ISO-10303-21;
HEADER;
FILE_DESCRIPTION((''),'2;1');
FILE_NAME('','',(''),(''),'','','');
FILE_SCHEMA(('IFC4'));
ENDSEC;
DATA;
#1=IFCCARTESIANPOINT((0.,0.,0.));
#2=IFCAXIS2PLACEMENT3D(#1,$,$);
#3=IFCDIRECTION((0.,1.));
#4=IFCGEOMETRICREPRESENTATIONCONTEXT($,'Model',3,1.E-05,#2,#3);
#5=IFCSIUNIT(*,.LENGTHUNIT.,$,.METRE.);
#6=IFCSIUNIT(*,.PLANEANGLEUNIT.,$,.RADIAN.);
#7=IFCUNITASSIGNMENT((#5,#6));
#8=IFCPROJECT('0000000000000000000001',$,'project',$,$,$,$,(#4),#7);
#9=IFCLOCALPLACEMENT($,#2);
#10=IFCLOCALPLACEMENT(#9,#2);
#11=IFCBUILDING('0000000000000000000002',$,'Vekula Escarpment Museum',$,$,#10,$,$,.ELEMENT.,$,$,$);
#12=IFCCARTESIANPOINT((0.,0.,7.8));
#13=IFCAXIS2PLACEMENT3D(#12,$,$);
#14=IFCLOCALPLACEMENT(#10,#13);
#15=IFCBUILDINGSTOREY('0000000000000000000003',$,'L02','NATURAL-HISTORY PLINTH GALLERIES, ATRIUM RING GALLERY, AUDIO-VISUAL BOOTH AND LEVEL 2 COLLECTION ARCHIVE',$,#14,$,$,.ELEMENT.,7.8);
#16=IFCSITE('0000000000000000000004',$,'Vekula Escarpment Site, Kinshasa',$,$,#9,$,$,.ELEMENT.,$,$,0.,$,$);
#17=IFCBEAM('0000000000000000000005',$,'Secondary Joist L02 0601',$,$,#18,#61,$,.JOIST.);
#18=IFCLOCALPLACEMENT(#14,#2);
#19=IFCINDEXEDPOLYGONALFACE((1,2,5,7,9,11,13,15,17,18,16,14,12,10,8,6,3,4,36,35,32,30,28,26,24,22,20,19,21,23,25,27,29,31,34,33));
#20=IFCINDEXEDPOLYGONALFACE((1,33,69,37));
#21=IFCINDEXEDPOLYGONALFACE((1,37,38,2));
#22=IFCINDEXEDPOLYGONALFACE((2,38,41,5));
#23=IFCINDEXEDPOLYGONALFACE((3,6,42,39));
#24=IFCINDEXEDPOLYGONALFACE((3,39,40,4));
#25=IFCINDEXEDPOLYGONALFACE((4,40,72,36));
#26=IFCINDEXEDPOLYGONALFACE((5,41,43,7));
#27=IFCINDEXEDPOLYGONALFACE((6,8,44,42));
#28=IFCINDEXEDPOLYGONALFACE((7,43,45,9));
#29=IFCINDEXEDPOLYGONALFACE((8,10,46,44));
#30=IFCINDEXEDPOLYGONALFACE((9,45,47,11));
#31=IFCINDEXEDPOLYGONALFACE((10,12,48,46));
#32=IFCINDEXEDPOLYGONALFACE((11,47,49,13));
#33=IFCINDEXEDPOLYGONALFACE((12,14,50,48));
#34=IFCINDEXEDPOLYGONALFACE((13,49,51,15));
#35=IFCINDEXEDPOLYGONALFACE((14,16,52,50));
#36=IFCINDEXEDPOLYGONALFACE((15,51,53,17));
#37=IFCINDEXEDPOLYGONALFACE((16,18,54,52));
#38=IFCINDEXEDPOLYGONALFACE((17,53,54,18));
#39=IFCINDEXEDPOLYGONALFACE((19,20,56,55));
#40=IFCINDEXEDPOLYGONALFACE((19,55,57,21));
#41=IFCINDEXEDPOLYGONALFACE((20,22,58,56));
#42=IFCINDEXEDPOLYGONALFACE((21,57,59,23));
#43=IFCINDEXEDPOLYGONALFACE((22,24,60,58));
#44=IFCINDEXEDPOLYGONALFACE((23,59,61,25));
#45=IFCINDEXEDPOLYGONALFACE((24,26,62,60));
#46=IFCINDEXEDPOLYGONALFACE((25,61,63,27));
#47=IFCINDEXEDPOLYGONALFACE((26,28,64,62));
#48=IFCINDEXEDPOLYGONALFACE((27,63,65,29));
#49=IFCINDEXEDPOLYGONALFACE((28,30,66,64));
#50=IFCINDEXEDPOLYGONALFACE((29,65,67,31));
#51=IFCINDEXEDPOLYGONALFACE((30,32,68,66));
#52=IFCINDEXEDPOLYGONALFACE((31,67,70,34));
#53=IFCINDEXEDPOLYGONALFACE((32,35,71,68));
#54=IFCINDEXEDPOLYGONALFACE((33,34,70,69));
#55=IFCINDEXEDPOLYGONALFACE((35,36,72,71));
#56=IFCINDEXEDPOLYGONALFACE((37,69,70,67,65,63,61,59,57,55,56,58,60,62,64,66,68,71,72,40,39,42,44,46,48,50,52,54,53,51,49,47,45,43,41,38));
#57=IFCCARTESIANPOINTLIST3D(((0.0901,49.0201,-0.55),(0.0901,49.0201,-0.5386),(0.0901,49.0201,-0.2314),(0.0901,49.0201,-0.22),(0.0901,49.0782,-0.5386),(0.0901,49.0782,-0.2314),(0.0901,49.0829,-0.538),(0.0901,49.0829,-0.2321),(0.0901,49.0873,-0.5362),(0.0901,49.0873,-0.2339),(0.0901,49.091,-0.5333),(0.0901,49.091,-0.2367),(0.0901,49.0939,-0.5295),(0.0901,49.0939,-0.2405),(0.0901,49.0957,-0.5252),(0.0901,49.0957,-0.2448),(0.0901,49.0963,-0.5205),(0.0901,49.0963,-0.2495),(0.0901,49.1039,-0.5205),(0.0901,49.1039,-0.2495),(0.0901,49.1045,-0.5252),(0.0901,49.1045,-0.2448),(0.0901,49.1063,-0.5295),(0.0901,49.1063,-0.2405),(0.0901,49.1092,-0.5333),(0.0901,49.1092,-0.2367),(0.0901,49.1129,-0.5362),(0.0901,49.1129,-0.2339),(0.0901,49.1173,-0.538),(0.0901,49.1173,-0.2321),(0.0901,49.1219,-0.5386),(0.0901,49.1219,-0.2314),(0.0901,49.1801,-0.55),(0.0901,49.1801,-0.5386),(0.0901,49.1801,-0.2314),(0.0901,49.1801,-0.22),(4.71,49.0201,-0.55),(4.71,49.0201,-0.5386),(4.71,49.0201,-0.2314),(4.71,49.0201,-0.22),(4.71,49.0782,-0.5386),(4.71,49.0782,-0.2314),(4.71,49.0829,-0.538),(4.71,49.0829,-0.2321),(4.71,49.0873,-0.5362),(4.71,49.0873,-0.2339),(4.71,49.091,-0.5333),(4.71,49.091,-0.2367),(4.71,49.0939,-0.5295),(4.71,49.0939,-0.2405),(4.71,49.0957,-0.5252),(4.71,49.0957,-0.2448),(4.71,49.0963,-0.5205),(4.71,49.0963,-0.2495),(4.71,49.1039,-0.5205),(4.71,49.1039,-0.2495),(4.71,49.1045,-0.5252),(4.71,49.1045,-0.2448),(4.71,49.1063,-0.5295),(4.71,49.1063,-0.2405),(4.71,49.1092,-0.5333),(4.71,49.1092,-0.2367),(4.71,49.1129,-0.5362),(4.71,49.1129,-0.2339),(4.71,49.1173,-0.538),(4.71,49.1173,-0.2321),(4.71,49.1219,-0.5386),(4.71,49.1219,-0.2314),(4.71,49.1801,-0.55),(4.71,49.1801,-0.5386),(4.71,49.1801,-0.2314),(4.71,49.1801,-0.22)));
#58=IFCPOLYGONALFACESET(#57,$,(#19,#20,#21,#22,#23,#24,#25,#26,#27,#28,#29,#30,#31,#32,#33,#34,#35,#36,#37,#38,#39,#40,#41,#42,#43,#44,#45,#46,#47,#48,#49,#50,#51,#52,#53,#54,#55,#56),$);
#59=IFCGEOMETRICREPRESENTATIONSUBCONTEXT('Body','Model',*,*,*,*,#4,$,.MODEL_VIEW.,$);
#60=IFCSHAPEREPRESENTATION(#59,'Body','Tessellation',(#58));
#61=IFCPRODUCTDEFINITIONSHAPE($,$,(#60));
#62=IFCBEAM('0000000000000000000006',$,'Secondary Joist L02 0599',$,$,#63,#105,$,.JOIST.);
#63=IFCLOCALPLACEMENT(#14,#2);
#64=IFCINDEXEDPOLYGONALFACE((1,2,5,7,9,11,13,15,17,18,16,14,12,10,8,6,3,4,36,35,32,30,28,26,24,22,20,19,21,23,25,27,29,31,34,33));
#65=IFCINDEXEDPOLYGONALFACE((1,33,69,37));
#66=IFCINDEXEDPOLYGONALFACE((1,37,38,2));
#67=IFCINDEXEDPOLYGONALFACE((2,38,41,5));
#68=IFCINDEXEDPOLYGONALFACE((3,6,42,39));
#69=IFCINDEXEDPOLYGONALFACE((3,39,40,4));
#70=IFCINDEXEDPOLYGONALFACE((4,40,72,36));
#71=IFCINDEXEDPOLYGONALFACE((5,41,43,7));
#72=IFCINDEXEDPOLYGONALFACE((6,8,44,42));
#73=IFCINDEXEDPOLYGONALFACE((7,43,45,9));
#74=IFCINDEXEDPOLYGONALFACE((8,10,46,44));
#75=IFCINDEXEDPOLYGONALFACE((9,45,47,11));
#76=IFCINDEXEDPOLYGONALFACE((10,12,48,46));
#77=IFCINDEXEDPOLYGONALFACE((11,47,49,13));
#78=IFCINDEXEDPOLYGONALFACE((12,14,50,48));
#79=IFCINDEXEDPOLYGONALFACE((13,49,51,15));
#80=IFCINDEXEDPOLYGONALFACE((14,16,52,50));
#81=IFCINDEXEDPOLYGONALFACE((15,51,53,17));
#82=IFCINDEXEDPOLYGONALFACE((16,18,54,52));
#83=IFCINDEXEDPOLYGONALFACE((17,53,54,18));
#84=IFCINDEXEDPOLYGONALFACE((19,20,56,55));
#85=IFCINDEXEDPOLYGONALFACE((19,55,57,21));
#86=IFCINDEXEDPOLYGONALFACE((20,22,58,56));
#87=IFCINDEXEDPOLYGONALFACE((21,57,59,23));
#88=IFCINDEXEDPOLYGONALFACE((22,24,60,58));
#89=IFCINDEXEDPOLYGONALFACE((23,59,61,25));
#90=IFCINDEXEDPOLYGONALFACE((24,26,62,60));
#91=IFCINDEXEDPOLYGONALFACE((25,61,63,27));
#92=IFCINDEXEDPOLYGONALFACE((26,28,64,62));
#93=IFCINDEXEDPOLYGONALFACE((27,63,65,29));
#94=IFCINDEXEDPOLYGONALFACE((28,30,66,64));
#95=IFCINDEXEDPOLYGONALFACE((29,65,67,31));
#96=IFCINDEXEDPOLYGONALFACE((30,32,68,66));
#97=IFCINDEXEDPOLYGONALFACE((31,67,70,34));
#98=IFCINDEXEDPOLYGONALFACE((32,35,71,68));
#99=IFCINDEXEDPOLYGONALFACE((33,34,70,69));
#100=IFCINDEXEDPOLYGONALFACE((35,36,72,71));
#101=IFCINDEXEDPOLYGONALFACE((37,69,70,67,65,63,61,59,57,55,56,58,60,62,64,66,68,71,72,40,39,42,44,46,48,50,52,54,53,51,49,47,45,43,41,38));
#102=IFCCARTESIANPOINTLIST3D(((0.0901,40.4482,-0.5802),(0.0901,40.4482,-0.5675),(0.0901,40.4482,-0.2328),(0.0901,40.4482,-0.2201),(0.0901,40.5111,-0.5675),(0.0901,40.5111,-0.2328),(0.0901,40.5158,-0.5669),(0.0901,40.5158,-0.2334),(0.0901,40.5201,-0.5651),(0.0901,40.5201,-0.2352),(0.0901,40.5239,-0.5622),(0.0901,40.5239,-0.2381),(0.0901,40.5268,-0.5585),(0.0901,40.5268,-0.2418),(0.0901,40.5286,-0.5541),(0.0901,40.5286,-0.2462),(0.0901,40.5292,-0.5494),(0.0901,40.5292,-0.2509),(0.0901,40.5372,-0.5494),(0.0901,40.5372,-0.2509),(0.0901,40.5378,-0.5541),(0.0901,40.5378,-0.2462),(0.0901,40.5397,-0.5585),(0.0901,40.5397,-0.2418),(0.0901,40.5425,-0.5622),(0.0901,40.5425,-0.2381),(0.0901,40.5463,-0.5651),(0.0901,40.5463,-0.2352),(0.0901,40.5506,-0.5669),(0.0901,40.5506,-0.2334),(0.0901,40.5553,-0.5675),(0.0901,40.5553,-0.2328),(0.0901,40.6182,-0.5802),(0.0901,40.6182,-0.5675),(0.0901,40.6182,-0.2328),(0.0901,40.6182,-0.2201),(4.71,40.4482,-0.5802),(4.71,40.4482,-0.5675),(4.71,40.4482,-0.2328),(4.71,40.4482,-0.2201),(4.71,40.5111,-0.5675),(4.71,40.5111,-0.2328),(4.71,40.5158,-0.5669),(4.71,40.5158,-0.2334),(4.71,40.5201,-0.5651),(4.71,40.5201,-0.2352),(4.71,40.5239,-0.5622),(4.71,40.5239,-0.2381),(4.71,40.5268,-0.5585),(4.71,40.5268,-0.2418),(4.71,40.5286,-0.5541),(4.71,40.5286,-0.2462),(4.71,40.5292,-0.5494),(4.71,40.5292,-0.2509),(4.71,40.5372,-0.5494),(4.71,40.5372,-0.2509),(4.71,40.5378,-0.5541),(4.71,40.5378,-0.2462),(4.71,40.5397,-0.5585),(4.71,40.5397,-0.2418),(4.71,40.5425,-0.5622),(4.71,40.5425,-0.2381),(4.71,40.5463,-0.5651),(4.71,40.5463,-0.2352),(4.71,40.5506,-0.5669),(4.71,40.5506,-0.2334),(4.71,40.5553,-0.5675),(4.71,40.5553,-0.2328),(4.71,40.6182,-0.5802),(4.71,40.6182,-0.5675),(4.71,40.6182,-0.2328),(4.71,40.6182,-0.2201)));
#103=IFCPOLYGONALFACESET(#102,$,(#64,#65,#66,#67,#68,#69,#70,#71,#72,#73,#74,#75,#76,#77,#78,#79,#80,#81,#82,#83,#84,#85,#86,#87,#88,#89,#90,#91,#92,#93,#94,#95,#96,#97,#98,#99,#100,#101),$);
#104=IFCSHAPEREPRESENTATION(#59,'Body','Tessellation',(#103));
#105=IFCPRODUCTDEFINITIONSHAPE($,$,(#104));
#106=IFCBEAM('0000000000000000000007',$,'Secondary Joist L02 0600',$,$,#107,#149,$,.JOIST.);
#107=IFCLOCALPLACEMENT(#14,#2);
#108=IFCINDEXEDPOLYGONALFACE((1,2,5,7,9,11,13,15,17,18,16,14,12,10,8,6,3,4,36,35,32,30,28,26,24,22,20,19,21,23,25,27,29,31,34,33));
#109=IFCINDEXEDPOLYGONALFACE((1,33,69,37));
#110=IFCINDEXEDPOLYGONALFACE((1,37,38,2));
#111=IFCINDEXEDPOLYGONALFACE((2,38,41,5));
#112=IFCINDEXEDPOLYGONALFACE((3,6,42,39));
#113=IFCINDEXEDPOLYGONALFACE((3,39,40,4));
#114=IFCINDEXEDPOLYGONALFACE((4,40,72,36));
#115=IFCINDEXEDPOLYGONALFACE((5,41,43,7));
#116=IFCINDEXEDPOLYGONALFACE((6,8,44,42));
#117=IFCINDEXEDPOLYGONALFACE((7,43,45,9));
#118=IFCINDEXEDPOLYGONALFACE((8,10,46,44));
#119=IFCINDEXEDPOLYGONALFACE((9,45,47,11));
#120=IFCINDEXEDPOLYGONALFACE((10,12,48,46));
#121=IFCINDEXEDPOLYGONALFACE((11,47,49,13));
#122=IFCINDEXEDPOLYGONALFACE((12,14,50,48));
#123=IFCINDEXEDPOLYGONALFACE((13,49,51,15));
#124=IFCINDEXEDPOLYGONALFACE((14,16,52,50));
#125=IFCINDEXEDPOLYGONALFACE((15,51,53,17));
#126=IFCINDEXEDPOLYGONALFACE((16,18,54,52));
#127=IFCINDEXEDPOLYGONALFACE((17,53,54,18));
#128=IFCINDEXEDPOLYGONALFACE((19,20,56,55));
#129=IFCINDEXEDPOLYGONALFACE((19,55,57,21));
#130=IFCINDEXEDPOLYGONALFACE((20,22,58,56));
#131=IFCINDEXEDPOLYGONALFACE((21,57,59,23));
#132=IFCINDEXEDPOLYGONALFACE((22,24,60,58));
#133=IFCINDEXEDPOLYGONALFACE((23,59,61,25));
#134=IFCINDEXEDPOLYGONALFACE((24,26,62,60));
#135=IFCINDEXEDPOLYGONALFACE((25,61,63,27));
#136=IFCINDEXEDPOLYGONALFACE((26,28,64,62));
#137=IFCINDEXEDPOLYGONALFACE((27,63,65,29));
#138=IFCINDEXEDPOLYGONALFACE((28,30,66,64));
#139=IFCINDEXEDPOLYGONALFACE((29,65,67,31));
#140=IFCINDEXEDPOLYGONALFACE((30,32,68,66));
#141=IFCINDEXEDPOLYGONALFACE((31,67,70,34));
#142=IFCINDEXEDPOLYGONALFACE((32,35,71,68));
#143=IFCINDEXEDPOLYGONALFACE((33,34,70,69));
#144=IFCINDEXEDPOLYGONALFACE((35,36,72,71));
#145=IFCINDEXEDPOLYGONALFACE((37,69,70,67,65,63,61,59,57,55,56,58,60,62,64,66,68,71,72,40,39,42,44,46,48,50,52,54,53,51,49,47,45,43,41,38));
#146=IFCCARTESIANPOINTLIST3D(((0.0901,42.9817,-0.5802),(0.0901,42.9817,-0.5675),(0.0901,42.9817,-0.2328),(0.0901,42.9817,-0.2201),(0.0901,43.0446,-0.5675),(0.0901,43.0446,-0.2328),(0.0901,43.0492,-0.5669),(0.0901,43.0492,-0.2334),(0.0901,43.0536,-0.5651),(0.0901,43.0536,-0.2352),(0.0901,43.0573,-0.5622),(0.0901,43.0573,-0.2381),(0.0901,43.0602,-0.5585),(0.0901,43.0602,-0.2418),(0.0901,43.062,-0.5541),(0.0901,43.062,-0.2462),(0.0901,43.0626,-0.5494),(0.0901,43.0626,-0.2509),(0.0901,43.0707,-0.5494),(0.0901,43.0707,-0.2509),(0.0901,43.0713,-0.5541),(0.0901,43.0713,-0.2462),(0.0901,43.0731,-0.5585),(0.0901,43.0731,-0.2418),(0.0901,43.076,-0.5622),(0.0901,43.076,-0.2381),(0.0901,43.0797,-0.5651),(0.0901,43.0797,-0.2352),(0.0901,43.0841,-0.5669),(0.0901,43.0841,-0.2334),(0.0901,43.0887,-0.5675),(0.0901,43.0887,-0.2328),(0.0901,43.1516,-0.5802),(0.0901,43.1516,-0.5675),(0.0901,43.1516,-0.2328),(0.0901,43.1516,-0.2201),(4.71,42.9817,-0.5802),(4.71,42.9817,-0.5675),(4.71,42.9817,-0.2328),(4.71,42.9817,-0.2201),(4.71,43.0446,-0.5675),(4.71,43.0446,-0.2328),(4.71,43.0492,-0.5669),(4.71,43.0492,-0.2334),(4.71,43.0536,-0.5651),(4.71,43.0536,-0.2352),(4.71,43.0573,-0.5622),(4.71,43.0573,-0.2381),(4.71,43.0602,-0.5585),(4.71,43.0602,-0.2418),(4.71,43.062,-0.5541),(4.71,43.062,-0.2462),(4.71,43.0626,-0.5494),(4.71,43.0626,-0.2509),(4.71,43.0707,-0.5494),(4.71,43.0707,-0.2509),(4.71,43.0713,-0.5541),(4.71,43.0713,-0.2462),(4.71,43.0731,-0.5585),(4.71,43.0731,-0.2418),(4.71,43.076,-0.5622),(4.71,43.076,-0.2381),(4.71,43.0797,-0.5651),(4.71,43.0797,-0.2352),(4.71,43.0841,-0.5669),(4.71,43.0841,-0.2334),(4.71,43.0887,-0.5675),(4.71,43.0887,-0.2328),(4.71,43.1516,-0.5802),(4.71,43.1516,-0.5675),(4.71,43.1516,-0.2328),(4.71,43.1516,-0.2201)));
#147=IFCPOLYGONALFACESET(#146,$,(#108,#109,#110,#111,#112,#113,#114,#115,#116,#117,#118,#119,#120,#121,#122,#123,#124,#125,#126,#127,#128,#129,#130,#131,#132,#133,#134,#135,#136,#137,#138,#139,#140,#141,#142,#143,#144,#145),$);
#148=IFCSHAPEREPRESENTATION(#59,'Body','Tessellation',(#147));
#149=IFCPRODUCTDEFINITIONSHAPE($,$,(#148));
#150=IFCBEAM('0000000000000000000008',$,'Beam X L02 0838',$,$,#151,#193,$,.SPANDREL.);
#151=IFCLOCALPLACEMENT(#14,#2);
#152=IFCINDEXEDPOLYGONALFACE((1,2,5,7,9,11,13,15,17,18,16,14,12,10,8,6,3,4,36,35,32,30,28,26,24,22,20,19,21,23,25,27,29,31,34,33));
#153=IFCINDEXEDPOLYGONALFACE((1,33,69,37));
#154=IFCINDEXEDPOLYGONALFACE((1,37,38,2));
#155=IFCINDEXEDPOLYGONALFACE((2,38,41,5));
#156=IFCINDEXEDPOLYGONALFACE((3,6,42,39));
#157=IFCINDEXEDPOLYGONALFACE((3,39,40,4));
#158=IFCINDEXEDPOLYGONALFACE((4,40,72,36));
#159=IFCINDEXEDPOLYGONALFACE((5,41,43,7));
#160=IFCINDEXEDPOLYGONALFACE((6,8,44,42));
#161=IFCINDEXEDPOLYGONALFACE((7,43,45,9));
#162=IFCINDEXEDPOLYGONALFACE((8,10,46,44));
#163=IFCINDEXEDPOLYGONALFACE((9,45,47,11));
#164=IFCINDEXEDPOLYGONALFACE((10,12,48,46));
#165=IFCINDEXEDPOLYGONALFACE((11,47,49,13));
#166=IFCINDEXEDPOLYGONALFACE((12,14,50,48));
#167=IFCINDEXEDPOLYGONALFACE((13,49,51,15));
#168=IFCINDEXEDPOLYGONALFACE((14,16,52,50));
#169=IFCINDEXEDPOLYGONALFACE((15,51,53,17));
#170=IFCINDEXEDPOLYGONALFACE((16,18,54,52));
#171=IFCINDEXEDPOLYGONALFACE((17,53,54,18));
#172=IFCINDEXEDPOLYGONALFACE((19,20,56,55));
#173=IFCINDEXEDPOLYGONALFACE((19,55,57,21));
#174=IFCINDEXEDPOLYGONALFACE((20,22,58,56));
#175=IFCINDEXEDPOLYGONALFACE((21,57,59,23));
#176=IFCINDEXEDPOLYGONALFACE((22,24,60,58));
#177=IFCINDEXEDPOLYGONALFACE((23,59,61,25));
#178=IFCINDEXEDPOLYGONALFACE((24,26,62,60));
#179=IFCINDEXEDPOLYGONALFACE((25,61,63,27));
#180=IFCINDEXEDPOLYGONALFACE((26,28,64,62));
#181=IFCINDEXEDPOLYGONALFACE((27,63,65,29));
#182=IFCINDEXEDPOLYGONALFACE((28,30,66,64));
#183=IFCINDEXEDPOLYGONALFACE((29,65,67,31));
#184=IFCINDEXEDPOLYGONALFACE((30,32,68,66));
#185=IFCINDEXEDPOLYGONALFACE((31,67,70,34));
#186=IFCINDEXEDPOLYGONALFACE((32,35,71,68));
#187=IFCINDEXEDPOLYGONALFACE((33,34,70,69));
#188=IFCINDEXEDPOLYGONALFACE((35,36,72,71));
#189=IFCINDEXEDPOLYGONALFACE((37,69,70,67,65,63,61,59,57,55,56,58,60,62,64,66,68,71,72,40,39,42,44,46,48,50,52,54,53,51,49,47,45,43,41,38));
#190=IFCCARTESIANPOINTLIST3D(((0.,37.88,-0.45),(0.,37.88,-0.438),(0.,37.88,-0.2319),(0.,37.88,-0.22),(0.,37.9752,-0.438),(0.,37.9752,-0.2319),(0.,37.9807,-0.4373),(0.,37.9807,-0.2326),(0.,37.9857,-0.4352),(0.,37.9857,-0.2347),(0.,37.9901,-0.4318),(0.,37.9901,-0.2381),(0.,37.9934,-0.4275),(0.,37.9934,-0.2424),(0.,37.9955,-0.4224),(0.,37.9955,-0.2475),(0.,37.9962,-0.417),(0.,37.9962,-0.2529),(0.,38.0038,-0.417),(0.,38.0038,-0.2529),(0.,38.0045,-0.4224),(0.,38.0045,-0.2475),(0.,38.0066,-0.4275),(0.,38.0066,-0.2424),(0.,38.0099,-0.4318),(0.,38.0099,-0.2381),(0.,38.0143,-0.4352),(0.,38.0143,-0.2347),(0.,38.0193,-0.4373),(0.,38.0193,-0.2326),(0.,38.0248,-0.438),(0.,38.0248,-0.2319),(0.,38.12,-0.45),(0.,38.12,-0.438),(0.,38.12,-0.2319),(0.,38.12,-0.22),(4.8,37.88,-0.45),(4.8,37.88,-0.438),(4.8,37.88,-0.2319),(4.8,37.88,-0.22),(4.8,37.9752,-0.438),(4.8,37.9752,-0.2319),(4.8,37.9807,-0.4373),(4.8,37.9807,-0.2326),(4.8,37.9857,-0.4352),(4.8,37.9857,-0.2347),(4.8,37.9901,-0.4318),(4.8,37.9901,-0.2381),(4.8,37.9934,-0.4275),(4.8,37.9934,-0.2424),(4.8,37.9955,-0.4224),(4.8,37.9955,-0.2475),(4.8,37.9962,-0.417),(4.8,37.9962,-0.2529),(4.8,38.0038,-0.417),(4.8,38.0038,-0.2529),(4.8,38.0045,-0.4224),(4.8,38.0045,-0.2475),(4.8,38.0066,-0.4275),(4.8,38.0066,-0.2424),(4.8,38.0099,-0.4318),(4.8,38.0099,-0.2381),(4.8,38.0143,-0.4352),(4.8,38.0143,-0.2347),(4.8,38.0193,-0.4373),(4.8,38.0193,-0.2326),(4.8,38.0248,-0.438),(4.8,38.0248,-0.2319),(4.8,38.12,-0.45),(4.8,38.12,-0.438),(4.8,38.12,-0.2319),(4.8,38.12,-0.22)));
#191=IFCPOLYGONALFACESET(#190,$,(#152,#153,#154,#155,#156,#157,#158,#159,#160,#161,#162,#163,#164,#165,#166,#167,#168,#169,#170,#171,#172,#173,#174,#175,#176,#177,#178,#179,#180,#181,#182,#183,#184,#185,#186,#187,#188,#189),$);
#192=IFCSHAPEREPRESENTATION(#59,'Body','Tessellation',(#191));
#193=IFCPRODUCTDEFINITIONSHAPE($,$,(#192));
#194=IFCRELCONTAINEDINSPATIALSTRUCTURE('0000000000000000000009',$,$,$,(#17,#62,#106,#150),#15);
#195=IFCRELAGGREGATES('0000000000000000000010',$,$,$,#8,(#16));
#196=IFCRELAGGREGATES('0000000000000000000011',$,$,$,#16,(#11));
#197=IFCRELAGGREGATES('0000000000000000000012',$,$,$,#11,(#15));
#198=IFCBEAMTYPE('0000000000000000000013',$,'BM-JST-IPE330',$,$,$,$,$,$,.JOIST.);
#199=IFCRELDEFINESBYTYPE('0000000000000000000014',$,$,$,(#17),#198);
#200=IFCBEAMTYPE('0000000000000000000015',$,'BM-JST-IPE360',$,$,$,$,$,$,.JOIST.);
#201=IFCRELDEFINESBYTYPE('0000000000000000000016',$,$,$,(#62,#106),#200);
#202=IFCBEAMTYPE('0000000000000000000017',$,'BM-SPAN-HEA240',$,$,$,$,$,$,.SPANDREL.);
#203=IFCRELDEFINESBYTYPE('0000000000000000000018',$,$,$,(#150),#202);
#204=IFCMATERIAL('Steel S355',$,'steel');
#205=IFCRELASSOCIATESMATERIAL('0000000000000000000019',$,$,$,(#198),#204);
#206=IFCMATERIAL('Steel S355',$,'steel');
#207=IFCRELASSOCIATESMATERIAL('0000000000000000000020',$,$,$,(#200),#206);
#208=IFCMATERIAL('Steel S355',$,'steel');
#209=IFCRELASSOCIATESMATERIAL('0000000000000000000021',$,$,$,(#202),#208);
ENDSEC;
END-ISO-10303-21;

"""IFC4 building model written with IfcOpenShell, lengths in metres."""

from ifc_helpers import new_model, si_unit, direction, frame, origin, origin_2d, place, context, subcontext, project, spatial, i_section, extrude, material, material_profile, profile_set, type_object, element, save


model = new_model("IFC4")

# Units and contexts
model_context = context("Model", 3, precision=1e-05, world=origin(), true_north=direction((0.0, 1.0)))
body_context = subcontext(model_context, "Body", "Model", "MODEL_VIEW")
ifc_project = project(units=[si_unit("LENGTHUNIT", "METRE"), si_unit("PLANEANGLEUNIT", "RADIAN")], contexts=[model_context])

# Site, building, storey
site_placement = place(None, origin())
site = spatial("IfcSite", under=ifc_project, at=site_placement, Name="Vekula Escarpment Site, Kinshasa", CompositionType="ELEMENT", RefElevation=0.0)
building_placement = place(site_placement, origin())
building = spatial("IfcBuilding", under=site, at=building_placement, Name="Vekula Escarpment Museum", CompositionType="ELEMENT")
storey_placement = place(building_placement, frame((0.0, 0.0, 7.8)))
storey = spatial("IfcBuildingStorey", under=building, at=storey_placement, Name="L02", Description="NATURAL-HISTORY PLINTH GALLERIES, ATRIUM RING GALLERY, AUDIO-VISUAL BOOTH AND LEVEL 2 COLLECTION ARCHIVE", CompositionType="ELEMENT", Elevation=7.8)

# Beams
ifc_material_1 = material(Name="Steel S355", Category="steel")
ifc_material_profile_1 = material_profile(ifc_material_1, i_section(OverallWidth=0.1599, OverallDepth=0.3301, WebThickness=0.0076, FlangeThickness=0.0115, FilletRadius=0.0181, at=origin_2d()), Name="IPE 330")
ifc_profile_set_1 = profile_set([ifc_material_profile_1], Name="Steel S355")
beam_type_1 = type_object("IfcBeamType", Name="BM-JST-IPE330", PredefinedType="JOIST", material=ifc_profile_set_1)
beam_1_placement = place(storey_placement, frame((0.0901, 49.1001, -0.385), z_axis=(1.0, 0.0, 0.0), x_axis=(0.0, 1.0, 0.0)))
element("IfcBeam", 1, at=beam_1_placement, inside=storey, type_object=beam_type_1, Name="Secondary Joist L02 0601", PredefinedType="JOIST", context=body_context, shape_type="SweptSolid", body=[
    extrude(i_section(OverallWidth=0.1599, OverallDepth=0.3301, WebThickness=0.0076, FlangeThickness=0.0115, FilletRadius=0.0181, at=origin_2d()), origin(), (0.0, 0.0, 1.0), 4.6199),
])
ifc_material_2 = material(Name="Steel S355", Category="steel")
ifc_material_profile_2 = material_profile(ifc_material_2, i_section(OverallWidth=0.1699, OverallDepth=0.3601, WebThickness=0.0081, FlangeThickness=0.0127, FilletRadius=0.0181, at=origin_2d()), Name="IPE 360")
ifc_profile_set_2 = profile_set([ifc_material_profile_2], Name="Steel S355")
beam_type_2 = type_object("IfcBeamType", Name="BM-JST-IPE360", PredefinedType="JOIST", material=ifc_profile_set_2)
for number, where, z_axis, x_axis, name in (
    (2, (0.0901, 40.5332, -0.4001), (1.0, 0.0, 0.0), (0.0, 1.0, 0.0), "Secondary Joist L02 0599"),
    (3, (0.0901, 43.0667, -0.4001), (1.0, 0.0, 0.0), (0.0, 1.0, 0.0), "Secondary Joist L02 0600"),
):
    element("IfcBeam", number, at=place(storey_placement, frame(where, z_axis=z_axis, x_axis=x_axis)), inside=storey, type_object=beam_type_2, Name=name, PredefinedType="JOIST", context=body_context, shape_type="SweptSolid", body=[
        extrude(i_section(OverallWidth=0.1699, OverallDepth=0.3601, WebThickness=0.0081, FlangeThickness=0.0127, FilletRadius=0.0181, at=origin_2d()), origin(), (0.0, 0.0, 1.0), 4.6199),
    ])
ifc_material_3 = material(Name="Steel S355", Category="steel")
ifc_material_profile_3 = material_profile(ifc_material_3, i_section(OverallWidth=0.24, OverallDepth=0.23, WebThickness=0.0076, FlangeThickness=0.012, FilletRadius=0.021, at=origin_2d()), Name="HEA 240")
ifc_profile_set_3 = profile_set([ifc_material_profile_3], Name="Steel S355")
beam_type_3 = type_object("IfcBeamType", Name="BM-SPAN-HEA240", PredefinedType="SPANDREL", material=ifc_profile_set_3)
beam_2_placement = place(storey_placement, frame((0.0, 38.0, -0.335), z_axis=(1.0, 0.0, 0.0), x_axis=(0.0, 1.0, 0.0)))
element("IfcBeam", 4, at=beam_2_placement, inside=storey, type_object=beam_type_3, Name="Beam X L02 0838", PredefinedType="SPANDREL", context=body_context, shape_type="SweptSolid", body=[
    extrude(i_section(OverallWidth=0.24, OverallDepth=0.23, WebThickness=0.0076, FlangeThickness=0.012, FilletRadius=0.021, at=origin_2d()), origin(), (0.0, 0.0, 1.0), 4.8),
])

save(model, "model.ifc")
